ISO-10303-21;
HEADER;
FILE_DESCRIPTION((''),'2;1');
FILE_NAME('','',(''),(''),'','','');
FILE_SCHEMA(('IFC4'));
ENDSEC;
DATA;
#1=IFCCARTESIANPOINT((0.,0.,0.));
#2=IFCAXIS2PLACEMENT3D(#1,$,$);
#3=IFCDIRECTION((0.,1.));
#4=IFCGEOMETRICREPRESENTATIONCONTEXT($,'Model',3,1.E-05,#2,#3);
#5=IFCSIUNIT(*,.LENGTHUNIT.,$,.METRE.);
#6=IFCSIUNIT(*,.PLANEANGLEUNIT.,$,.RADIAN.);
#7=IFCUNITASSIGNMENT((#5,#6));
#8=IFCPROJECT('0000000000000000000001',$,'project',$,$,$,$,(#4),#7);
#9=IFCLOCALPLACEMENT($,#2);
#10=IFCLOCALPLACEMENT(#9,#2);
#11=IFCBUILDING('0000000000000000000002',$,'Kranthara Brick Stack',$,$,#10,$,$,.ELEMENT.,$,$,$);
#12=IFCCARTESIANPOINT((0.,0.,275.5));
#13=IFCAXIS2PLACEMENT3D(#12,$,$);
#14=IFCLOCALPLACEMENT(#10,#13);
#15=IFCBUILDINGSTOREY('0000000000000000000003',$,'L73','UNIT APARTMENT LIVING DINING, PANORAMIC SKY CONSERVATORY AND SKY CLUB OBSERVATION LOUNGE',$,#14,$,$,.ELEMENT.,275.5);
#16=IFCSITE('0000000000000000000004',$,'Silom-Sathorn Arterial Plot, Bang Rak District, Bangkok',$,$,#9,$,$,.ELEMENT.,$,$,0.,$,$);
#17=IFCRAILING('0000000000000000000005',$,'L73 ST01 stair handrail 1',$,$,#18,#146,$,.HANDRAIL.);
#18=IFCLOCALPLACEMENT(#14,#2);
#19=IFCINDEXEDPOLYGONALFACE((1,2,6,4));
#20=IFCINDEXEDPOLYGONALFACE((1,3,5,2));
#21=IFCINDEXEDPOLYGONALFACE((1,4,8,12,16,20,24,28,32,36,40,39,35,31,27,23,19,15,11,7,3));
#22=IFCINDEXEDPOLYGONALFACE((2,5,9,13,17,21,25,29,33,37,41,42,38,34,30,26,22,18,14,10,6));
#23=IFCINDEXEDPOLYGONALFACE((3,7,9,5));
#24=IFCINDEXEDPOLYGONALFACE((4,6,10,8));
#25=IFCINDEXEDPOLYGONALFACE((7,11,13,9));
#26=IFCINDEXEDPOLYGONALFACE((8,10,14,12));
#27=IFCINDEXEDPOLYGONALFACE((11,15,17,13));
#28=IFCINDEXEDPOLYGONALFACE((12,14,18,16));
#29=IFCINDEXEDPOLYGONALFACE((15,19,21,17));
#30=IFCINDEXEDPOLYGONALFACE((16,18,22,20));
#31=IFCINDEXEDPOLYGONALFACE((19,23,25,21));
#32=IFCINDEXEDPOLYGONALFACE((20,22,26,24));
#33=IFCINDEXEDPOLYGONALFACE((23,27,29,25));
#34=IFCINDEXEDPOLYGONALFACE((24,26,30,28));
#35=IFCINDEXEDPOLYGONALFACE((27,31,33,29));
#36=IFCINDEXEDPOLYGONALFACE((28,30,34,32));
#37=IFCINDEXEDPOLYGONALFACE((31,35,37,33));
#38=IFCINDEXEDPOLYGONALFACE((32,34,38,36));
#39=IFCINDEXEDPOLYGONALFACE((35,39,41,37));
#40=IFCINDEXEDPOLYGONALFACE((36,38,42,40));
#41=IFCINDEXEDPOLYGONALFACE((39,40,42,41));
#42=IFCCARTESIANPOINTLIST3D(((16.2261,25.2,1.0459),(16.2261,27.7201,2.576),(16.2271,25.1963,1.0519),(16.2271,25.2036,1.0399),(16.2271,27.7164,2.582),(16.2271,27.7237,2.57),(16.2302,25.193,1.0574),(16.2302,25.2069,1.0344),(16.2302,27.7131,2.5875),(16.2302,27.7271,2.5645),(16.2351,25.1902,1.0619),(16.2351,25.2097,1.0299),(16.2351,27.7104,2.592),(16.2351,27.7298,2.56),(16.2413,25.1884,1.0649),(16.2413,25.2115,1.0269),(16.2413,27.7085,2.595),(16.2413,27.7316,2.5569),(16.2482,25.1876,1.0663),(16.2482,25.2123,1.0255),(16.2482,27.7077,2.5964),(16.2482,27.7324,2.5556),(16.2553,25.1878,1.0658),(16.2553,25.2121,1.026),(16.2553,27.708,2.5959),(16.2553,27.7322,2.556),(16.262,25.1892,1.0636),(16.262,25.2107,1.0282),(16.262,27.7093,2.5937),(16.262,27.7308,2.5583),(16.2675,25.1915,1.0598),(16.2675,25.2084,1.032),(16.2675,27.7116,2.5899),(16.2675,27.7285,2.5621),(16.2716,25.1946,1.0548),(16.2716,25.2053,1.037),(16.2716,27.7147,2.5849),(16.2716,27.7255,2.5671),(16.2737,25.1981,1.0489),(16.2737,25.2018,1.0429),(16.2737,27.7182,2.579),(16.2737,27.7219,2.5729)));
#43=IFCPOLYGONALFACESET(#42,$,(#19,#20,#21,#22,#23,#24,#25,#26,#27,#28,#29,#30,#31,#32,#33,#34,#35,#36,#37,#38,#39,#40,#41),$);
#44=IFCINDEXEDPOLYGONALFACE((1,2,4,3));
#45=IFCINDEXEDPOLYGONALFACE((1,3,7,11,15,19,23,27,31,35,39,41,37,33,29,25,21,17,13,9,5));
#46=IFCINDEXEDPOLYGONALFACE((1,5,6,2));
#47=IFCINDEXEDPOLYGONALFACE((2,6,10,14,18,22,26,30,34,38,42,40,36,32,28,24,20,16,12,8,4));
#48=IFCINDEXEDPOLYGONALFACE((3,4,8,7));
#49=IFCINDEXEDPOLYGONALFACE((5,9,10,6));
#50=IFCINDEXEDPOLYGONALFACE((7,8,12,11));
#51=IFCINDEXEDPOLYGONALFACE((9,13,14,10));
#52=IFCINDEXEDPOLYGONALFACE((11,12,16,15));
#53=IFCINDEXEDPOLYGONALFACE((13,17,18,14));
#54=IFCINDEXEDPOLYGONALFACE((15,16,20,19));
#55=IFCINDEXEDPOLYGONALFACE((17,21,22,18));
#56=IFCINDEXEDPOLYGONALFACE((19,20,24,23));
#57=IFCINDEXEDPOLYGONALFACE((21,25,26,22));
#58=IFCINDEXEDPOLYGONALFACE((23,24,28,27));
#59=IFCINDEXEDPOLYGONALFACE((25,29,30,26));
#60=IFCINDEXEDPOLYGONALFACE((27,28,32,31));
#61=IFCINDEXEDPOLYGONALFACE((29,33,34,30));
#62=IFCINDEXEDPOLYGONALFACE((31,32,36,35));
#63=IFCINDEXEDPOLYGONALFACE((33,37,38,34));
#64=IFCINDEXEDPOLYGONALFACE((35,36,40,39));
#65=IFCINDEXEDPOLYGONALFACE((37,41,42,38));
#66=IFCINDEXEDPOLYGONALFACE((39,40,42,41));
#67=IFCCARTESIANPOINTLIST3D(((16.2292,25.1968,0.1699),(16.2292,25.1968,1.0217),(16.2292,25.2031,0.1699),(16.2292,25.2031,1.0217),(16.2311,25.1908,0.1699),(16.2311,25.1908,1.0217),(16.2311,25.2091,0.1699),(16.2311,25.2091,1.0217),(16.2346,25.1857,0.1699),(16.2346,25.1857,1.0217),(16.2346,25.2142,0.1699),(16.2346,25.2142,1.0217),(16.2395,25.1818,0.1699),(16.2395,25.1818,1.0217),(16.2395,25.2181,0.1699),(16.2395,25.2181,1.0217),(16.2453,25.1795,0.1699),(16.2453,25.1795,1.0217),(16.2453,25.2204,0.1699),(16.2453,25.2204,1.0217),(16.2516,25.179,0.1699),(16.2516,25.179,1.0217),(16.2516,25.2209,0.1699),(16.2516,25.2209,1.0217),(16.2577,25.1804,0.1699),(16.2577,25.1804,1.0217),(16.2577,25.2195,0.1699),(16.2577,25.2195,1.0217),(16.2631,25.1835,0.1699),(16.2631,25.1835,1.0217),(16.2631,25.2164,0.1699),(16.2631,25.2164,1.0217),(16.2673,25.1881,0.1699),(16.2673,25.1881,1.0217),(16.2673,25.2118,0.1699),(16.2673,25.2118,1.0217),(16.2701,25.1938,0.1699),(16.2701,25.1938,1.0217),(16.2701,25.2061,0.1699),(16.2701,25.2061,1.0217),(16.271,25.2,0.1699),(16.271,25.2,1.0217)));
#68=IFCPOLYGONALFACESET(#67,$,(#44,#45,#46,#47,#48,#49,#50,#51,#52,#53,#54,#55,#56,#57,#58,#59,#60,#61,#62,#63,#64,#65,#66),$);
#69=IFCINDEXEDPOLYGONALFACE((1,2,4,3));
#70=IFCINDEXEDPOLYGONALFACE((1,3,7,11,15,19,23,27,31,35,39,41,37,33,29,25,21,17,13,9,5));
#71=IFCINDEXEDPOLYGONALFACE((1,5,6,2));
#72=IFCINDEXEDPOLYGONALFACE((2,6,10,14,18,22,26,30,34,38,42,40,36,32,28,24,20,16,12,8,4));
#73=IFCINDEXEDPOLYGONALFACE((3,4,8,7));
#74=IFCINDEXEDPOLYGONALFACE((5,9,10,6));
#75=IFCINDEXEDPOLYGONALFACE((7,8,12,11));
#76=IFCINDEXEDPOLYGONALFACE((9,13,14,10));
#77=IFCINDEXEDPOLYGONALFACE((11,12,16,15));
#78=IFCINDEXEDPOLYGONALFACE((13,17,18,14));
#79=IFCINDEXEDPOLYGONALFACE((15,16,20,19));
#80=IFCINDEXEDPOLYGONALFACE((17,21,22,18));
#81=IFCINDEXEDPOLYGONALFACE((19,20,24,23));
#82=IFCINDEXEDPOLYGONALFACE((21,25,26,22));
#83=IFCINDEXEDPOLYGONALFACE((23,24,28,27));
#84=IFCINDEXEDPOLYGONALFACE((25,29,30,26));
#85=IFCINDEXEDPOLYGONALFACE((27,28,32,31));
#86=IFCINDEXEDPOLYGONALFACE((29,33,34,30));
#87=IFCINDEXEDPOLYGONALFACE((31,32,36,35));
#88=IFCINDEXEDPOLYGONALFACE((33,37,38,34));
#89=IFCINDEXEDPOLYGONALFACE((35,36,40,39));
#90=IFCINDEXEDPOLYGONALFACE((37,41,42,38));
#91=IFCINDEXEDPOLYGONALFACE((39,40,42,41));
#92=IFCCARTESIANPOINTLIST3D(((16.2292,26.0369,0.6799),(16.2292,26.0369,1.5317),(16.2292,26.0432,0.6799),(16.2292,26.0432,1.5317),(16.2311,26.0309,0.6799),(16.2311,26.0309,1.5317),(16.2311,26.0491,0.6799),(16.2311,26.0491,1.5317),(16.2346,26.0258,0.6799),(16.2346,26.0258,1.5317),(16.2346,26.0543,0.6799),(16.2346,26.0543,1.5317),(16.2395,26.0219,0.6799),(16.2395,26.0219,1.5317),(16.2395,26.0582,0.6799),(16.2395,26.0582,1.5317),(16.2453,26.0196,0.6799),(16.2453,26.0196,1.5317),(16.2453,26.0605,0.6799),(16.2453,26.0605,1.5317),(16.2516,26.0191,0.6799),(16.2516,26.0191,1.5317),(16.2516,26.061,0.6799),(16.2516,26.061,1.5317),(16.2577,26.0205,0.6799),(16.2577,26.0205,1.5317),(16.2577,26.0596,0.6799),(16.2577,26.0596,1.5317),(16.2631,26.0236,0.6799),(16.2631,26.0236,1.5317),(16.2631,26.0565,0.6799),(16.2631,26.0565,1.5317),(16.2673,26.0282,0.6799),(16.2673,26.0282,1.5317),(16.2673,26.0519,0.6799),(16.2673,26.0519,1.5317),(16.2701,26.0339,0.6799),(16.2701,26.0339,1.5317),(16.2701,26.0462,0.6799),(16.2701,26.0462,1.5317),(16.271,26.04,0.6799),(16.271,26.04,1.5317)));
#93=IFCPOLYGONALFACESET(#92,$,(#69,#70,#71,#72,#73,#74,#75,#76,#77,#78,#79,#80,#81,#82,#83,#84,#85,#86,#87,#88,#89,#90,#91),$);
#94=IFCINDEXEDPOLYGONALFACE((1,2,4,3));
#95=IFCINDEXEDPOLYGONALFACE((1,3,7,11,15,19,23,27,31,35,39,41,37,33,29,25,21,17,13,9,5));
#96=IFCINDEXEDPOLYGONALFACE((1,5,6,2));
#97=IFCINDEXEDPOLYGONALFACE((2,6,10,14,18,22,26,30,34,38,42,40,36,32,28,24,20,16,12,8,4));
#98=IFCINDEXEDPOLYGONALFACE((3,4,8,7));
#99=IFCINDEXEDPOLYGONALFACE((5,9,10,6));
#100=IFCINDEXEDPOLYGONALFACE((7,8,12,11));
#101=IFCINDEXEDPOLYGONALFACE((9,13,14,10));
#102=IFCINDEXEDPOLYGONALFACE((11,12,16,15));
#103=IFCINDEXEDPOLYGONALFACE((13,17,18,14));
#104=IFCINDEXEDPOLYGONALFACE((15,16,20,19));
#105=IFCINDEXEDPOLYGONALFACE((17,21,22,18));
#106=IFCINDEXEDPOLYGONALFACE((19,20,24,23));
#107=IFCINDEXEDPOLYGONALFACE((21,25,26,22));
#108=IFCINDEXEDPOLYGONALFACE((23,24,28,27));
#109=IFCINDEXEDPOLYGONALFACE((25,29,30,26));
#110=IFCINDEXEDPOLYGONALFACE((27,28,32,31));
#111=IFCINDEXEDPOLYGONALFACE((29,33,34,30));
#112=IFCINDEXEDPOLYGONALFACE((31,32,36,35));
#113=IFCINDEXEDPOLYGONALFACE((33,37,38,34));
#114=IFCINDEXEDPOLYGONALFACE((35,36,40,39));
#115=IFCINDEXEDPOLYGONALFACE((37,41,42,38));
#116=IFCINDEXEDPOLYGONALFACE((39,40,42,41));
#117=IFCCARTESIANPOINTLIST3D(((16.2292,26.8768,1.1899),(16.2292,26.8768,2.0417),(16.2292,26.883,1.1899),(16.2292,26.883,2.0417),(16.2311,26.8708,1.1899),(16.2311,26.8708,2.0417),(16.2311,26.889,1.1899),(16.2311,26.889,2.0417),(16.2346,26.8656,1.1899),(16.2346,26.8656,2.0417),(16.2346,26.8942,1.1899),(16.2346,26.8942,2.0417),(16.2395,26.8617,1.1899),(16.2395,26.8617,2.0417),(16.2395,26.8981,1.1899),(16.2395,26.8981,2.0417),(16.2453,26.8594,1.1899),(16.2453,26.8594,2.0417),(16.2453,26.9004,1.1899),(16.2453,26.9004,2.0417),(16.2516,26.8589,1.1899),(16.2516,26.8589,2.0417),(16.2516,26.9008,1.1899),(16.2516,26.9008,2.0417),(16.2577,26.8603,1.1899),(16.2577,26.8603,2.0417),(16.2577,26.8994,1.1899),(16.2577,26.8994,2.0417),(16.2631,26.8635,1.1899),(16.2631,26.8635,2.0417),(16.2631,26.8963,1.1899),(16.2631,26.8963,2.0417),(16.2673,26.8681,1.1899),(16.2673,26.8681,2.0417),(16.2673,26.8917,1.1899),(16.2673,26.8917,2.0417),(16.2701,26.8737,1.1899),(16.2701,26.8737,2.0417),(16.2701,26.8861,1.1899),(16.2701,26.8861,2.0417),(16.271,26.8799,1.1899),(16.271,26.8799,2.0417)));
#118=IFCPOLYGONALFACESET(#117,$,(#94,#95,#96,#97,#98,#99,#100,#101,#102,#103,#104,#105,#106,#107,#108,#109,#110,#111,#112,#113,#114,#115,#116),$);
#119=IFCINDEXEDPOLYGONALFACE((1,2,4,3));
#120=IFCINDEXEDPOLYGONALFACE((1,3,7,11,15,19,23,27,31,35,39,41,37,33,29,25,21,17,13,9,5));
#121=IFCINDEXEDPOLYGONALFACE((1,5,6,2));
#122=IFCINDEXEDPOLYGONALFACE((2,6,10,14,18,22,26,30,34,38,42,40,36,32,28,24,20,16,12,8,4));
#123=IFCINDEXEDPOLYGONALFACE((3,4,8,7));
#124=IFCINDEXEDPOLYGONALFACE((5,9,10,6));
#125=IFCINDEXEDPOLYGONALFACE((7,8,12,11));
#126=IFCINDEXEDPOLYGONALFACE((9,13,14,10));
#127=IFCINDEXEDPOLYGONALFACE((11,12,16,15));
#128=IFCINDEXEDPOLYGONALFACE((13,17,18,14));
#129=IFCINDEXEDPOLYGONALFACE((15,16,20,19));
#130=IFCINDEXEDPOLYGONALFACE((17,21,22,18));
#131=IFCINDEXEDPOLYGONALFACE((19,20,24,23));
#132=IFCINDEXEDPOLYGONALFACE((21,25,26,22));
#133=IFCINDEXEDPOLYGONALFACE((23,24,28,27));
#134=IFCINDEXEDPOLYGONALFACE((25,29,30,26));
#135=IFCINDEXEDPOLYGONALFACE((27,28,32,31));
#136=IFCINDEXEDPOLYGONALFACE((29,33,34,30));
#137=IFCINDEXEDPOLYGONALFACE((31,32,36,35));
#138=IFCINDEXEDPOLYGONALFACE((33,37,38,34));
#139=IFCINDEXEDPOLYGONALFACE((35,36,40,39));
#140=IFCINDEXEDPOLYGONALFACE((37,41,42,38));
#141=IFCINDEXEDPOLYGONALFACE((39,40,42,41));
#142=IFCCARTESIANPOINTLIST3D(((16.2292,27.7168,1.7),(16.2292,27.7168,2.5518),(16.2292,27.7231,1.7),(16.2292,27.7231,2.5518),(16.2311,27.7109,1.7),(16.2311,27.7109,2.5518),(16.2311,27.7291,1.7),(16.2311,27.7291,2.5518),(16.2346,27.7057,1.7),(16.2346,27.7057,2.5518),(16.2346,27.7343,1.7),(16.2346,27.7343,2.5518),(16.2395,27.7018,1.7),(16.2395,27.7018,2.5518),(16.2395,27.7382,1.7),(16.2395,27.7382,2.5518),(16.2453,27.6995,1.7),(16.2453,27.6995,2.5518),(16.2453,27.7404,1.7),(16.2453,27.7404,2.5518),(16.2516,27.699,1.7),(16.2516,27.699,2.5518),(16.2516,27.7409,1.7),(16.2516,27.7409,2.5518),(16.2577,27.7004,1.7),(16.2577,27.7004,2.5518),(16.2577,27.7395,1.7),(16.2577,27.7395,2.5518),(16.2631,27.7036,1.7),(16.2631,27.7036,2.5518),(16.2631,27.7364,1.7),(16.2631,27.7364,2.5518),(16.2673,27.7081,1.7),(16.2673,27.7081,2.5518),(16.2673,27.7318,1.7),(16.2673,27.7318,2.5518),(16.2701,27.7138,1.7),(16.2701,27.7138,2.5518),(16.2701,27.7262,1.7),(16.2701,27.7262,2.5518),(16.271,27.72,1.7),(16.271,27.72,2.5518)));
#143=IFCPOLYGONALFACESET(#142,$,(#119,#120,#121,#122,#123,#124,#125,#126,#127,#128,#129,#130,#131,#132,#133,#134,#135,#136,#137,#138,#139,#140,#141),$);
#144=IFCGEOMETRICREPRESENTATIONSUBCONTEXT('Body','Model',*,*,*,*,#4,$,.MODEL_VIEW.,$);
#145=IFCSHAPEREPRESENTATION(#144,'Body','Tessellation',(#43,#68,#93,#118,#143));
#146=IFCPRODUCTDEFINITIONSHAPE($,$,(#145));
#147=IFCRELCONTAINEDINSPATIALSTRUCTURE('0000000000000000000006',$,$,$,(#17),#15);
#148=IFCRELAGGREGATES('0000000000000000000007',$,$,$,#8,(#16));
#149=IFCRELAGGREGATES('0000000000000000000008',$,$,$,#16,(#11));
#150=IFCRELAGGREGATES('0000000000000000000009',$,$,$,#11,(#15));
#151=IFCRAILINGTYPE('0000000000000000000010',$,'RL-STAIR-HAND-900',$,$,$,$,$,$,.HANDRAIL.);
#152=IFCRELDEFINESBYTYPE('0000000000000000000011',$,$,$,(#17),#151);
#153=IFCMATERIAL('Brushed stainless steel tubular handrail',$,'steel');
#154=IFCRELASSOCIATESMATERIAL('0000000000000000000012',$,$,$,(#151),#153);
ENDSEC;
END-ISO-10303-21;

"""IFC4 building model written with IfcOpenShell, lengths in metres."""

from ifc_helpers import new_model, si_unit, direction, frame, origin, origin_2d, place, context, subcontext, project, spatial, circle, extrude, material, type_object, element, save


model = new_model("IFC4")

# Units and contexts
model_context = context("Model", 3, precision=1e-05, world=origin(), true_north=direction((0.0, 1.0)))
body_context = subcontext(model_context, "Body", "Model", "MODEL_VIEW")
ifc_project = project(units=[si_unit("LENGTHUNIT", "METRE"), si_unit("PLANEANGLEUNIT", "RADIAN")], contexts=[model_context])

# Site, building, storey
site_placement = place(None, origin())
site = spatial("IfcSite", under=ifc_project, at=site_placement, Name="Silom-Sathorn Arterial Plot, Bang Rak District, Bangkok", CompositionType="ELEMENT", RefElevation=0.0)
building_placement = place(site_placement, origin())
building = spatial("IfcBuilding", under=site, at=building_placement, Name="Kranthara Brick Stack", CompositionType="ELEMENT")
storey_placement = place(building_placement, frame((0.0, 0.0, 275.5)))
storey = spatial("IfcBuildingStorey", under=building, at=storey_placement, Name="L73", Description="UNIT APARTMENT LIVING DINING, PANORAMIC SKY CONSERVATORY AND SKY CLUB OBSERVATION LOUNGE", CompositionType="ELEMENT", Elevation=275.5)

# Railing
ifc_material_1 = material(Name="Brushed stainless steel tubular handrail", Category="steel")
railing_type_1 = type_object("IfcRailingType", Name="RL-STAIR-HAND-900", PredefinedType="HANDRAIL", material=ifc_material_1)
railing_1_placement = place(storey_placement, frame((16.25, 25.2, 0.1699)))
element("IfcRailing", 1, at=railing_1_placement, inside=storey, type_object=railing_type_1, Name="L73 ST01 stair handrail 1", PredefinedType="HANDRAIL", context=body_context, shape_type="SweptSolid", body=[
    extrude(circle(Radius=0.0239, at=origin_2d()), frame((0.0, 0.0, 0.876), z_axis=(0.0, 0.854785, 0.518982), x_axis=(-1.0, 0.0, 0.0)), (0.0, 0.0, 1.0), 2.9482),
    extrude(circle(Radius=0.021, at=origin_2d()), origin(), (0.0, 0.0, 1.0), 0.8518),
    extrude(circle(Radius=0.021, at=origin_2d()), frame((0.0, 0.8401, 0.51)), (0.0, 0.0, 1.0), 0.8518),
    extrude(circle(Radius=0.021, at=origin_2d()), frame((0.0, 1.6799, 1.02)), (0.0, 0.0, 1.0), 0.8518),
    extrude(circle(Radius=0.021, at=origin_2d()), frame((0.0, 2.52, 1.53)), (0.0, 0.0, 1.0), 0.8518),
])

save(model, "model.ifc")
